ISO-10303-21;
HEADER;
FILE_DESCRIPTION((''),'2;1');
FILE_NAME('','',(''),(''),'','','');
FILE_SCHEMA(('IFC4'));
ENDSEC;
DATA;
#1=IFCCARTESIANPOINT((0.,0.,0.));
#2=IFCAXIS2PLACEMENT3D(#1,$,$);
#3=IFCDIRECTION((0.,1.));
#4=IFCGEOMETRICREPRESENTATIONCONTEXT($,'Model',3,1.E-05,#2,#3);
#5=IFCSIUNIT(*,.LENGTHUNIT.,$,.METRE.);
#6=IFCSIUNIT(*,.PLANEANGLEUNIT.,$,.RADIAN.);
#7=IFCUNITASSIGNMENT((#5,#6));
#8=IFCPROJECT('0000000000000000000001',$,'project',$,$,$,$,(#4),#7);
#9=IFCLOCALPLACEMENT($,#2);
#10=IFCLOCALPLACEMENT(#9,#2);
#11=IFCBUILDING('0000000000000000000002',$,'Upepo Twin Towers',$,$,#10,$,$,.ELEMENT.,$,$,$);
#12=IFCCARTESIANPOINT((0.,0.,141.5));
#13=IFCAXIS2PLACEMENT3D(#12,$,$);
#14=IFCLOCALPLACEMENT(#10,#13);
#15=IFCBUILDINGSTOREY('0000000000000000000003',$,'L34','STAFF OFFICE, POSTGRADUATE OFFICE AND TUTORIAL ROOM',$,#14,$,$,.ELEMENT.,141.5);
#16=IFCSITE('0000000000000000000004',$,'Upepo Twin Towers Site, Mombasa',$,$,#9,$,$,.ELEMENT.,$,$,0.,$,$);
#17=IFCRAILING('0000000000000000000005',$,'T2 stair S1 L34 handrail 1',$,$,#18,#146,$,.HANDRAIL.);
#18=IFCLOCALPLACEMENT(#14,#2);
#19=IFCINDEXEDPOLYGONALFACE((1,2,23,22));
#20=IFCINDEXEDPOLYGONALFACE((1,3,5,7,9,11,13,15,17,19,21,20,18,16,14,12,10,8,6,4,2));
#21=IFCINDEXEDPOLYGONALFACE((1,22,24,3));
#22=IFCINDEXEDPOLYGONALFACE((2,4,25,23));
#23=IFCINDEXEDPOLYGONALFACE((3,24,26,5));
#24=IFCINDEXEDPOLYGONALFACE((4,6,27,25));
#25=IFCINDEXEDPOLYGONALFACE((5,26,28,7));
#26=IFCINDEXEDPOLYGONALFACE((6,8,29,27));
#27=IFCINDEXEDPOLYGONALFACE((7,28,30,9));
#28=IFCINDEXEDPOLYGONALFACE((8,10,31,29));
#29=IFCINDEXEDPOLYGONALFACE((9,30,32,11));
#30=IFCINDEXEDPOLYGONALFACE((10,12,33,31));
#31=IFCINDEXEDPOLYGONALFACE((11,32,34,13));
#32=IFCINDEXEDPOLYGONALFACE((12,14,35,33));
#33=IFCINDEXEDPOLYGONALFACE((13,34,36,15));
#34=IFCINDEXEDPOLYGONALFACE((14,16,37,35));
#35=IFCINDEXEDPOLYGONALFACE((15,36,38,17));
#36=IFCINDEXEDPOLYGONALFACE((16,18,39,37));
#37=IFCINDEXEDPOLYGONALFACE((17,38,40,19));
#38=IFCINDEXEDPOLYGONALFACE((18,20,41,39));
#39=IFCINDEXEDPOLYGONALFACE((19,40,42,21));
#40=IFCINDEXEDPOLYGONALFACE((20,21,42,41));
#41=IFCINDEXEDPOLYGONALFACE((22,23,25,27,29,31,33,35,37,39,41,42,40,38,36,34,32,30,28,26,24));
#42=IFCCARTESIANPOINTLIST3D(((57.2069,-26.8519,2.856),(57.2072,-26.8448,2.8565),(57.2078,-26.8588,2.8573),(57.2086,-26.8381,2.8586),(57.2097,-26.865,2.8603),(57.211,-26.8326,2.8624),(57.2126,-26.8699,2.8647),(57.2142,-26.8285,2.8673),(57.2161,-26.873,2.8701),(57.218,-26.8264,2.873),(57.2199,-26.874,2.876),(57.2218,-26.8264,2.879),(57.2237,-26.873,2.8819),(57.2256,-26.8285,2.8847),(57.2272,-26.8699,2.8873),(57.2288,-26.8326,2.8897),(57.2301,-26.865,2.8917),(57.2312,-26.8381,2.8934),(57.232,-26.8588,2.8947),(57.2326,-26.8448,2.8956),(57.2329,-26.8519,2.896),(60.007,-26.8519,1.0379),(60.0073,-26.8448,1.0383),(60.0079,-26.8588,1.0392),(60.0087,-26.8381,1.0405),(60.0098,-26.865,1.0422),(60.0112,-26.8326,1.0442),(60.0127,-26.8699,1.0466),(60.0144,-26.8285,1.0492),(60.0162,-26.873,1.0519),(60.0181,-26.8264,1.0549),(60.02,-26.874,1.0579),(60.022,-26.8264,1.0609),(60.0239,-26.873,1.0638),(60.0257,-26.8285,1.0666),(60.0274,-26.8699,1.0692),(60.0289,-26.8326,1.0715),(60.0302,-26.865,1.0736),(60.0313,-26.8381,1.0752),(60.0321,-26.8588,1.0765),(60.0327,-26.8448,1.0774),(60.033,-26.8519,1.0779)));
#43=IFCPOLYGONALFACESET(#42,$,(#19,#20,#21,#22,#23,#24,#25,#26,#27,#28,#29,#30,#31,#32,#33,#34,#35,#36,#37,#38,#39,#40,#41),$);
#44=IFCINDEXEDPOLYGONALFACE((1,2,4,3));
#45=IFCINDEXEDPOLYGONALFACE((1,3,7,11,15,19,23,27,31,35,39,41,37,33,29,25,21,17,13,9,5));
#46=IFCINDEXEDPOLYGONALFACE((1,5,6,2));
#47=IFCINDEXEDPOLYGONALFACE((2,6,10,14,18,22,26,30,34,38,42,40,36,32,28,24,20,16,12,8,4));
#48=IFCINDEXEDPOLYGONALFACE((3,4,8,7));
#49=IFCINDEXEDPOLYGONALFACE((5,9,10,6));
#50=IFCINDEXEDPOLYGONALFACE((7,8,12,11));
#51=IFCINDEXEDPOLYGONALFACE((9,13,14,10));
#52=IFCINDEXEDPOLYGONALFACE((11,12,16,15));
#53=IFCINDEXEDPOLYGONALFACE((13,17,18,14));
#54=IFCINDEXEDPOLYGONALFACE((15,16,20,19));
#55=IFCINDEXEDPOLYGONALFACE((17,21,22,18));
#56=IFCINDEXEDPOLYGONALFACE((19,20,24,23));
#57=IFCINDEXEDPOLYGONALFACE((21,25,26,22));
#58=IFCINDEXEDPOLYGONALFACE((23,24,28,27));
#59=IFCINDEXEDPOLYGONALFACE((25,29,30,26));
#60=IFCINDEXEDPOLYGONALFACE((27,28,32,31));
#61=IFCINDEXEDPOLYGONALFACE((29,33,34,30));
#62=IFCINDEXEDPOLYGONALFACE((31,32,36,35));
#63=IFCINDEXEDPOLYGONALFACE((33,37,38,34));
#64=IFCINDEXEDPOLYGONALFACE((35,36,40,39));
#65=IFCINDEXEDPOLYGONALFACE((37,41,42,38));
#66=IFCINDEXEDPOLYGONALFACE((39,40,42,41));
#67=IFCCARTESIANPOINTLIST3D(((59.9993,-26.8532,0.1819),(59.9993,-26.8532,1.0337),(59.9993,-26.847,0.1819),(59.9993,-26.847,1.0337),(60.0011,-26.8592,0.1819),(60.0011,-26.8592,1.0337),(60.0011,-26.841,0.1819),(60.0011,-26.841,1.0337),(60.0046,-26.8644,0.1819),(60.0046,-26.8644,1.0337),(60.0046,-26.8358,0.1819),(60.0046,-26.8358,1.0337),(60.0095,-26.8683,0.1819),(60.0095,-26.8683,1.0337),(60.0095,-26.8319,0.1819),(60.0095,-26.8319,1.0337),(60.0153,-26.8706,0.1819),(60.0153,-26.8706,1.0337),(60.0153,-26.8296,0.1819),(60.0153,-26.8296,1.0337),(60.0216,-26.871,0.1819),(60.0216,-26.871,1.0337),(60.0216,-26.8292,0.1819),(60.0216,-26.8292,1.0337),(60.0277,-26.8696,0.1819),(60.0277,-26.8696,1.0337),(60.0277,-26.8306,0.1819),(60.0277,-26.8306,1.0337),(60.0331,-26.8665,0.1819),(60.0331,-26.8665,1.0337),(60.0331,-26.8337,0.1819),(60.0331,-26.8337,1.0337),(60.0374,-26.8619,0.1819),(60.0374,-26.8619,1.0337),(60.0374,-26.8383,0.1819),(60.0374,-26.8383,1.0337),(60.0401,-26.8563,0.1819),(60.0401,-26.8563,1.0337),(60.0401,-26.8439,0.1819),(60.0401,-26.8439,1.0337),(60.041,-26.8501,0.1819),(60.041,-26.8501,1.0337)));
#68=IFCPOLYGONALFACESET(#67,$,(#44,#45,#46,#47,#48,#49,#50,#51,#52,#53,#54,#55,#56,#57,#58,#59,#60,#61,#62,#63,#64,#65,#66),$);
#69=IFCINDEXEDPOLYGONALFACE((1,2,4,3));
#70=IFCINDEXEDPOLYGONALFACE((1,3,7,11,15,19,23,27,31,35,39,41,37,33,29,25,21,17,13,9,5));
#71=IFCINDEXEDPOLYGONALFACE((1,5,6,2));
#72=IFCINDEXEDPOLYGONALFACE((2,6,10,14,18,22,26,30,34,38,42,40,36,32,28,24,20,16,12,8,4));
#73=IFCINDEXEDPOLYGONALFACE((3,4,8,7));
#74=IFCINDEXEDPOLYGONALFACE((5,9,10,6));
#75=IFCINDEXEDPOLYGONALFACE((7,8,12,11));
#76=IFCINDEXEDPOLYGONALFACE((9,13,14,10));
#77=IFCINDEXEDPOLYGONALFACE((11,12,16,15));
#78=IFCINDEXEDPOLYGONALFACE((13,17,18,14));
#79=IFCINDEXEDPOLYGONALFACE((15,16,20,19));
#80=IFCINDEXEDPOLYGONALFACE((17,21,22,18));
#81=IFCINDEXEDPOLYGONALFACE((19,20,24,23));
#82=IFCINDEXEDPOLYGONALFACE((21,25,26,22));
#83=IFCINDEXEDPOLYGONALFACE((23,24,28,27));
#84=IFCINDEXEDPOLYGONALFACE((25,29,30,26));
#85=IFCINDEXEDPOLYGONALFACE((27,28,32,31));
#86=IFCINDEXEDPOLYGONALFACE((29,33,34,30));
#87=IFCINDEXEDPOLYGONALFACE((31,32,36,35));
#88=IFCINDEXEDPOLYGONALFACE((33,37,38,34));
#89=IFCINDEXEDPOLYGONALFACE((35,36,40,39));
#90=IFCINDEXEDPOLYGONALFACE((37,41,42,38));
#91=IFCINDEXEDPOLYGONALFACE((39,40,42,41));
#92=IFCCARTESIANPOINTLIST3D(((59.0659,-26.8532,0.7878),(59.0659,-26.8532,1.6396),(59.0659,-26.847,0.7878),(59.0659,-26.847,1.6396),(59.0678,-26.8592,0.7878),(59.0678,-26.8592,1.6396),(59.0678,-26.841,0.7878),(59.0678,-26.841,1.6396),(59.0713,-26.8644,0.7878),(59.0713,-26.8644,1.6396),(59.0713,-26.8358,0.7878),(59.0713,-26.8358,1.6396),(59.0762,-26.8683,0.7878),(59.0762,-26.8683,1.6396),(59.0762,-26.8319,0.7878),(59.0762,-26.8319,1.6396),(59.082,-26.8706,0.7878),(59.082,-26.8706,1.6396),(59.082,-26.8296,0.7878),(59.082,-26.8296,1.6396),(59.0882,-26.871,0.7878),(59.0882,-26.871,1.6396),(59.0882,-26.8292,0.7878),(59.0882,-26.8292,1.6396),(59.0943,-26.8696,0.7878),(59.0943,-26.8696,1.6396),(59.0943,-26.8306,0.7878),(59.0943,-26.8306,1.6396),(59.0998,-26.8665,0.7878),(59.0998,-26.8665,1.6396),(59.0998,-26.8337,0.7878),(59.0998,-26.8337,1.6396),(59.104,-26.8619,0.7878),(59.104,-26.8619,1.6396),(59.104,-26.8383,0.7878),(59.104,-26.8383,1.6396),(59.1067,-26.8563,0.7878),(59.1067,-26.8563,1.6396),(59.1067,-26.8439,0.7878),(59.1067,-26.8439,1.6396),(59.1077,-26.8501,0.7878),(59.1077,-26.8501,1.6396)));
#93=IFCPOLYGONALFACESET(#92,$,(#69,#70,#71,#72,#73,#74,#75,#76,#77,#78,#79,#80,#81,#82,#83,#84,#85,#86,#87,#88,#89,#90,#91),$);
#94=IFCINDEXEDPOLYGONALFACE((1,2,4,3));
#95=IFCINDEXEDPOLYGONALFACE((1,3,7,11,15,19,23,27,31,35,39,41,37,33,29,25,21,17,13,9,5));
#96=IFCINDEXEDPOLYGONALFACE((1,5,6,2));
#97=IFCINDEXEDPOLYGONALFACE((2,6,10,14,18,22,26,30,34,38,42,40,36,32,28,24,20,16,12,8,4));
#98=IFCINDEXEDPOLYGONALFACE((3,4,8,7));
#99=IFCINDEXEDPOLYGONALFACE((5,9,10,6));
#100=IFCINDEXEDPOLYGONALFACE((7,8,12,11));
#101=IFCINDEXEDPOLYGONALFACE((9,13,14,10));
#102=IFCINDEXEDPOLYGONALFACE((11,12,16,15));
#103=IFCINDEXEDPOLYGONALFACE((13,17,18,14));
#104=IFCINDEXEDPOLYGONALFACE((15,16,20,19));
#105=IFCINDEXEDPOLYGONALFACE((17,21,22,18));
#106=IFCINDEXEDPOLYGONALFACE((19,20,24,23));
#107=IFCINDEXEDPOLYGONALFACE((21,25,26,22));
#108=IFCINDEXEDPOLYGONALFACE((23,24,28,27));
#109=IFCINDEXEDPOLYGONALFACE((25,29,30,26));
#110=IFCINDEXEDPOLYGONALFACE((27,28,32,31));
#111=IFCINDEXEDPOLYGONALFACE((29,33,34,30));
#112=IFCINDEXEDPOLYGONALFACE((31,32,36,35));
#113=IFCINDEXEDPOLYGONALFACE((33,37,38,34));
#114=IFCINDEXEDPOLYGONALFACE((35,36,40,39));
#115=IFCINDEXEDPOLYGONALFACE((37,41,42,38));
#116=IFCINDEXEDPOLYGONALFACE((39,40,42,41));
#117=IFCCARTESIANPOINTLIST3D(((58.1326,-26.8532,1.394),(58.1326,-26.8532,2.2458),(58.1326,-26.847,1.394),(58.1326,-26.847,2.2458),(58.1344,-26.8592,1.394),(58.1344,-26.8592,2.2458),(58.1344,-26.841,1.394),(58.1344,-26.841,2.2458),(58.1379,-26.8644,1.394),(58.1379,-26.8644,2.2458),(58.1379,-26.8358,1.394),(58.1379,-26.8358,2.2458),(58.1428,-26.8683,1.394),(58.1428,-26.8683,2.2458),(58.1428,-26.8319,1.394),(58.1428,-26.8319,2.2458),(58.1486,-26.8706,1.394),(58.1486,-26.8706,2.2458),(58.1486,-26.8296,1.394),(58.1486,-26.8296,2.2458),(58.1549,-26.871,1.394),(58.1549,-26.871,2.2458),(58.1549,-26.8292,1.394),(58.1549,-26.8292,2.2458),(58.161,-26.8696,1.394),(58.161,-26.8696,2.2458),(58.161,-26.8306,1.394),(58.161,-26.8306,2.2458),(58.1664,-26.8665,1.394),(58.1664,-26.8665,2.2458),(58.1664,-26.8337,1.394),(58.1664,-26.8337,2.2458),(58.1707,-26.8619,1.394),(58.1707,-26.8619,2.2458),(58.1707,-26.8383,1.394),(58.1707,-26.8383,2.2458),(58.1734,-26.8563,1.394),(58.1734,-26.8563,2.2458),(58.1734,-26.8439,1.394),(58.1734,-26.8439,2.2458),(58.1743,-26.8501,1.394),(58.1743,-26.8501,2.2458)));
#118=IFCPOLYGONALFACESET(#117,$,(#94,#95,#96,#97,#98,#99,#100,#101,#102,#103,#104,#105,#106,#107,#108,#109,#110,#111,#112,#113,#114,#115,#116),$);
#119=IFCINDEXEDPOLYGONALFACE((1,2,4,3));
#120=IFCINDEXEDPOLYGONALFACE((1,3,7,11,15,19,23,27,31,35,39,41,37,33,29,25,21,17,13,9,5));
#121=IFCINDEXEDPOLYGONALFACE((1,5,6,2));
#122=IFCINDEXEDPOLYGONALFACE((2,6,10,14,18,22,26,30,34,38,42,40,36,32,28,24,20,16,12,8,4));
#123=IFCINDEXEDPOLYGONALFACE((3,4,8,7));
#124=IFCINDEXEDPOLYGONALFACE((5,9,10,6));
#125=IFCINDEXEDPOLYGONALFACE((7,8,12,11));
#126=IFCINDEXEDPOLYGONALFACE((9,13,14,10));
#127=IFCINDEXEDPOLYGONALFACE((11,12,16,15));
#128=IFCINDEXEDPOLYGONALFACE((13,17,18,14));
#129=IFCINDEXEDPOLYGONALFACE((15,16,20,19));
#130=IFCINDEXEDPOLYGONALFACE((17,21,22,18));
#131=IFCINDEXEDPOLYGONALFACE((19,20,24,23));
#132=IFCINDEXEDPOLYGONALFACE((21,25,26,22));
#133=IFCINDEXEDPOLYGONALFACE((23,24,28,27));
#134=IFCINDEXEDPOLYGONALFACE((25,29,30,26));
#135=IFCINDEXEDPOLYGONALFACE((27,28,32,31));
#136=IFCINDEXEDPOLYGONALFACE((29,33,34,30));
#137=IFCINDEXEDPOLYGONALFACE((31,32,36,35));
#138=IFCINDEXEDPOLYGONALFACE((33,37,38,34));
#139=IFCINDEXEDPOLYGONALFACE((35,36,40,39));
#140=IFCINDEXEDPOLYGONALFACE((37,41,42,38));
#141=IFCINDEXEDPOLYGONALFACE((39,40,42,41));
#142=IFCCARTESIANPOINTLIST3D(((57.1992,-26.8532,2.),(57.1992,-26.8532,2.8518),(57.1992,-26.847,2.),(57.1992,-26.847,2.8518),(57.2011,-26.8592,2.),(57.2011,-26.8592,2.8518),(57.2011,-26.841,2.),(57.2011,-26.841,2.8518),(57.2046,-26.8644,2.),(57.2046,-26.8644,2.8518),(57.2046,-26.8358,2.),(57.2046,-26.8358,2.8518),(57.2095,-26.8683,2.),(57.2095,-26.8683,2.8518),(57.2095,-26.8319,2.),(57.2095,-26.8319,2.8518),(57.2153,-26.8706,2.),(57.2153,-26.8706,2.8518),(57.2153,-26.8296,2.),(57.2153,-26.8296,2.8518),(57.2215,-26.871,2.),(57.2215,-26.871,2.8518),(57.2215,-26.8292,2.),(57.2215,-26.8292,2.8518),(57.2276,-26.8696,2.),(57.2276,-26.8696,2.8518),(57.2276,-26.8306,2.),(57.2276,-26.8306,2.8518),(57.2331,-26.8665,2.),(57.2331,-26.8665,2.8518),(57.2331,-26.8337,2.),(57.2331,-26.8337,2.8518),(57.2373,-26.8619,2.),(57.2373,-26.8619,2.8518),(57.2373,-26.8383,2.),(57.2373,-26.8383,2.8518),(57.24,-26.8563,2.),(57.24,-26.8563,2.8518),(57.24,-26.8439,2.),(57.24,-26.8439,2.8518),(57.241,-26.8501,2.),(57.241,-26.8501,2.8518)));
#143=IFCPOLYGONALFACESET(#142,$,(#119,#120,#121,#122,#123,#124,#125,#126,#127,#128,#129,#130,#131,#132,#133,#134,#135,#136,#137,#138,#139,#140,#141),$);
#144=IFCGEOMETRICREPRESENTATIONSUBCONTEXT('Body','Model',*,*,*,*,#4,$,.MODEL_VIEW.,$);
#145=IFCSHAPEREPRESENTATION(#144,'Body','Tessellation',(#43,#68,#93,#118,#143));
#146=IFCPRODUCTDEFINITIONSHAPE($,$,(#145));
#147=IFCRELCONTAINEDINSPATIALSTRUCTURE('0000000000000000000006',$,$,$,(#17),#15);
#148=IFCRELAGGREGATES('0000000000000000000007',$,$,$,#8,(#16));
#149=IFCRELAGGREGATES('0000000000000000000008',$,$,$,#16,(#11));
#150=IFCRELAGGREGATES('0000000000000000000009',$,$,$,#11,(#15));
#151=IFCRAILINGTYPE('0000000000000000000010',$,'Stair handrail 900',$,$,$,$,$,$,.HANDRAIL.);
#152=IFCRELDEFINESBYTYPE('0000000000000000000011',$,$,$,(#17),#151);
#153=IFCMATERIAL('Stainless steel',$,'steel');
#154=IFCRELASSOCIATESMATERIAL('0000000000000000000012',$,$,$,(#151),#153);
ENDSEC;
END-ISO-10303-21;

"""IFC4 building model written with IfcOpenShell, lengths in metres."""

from ifc_helpers import new_model, si_unit, direction, frame, origin, origin_2d, place, context, subcontext, project, spatial, circle, extrude, material, type_object, element, save


model = new_model("IFC4")

# Units and contexts
model_context = context("Model", 3, precision=1e-05, world=origin(), true_north=direction((0.0, 1.0)))
body_context = subcontext(model_context, "Body", "Model", "MODEL_VIEW")
ifc_project = project(units=[si_unit("LENGTHUNIT", "METRE"), si_unit("PLANEANGLEUNIT", "RADIAN")], contexts=[model_context])

# Site, building, storey
site_placement = place(None, origin())
site = spatial("IfcSite", under=ifc_project, at=site_placement, Name="Upepo Twin Towers Site, Mombasa", CompositionType="ELEMENT", RefElevation=0.0)
building_placement = place(site_placement, origin())
building = spatial("IfcBuilding", under=site, at=building_placement, Name="Upepo Twin Towers", CompositionType="ELEMENT")
storey_placement = place(building_placement, frame((0.0, 0.0, 141.5)))
storey = spatial("IfcBuildingStorey", under=building, at=storey_placement, Name="L34", Description="STAFF OFFICE, POSTGRADUATE OFFICE AND TUTORIAL ROOM", CompositionType="ELEMENT", Elevation=141.5)

# Railing
ifc_material_1 = material(Name="Stainless steel", Category="steel")
railing_type = type_object("IfcRailingType", Name="Stair handrail 900", PredefinedType="HANDRAIL", material=ifc_material_1)
railing_1_placement = place(storey_placement, frame((60.02, -26.8501, 0.1819)))
element("IfcRailing", 1, at=railing_1_placement, inside=storey, type_object=railing_type, Name="T2 stair S1 L34 handrail 1", PredefinedType="HANDRAIL", context=body_context, shape_type="SweptSolid", body=[
    extrude(circle(Radius=0.0239, at=origin_2d()), frame((0.0, 0.0, 0.876), z_axis=(-0.838706, 0.0, 0.544585), x_axis=(0.0, -1.0, 0.0)), (0.0, 0.0, 1.0), 3.3386),
    extrude(circle(Radius=0.021, at=origin_2d()), origin(), (0.0, 0.0, 1.0), 0.8518),
    extrude(circle(Radius=0.021, at=origin_2d()), frame((-0.9333, 0.0, 0.606)), (0.0, 0.0, 1.0), 0.8518),
    extrude(circle(Radius=0.021, at=origin_2d()), frame((-1.8667, 0.0, 1.2122)), (0.0, 0.0, 1.0), 0.8518),
    extrude(circle(Radius=0.021, at=origin_2d()), frame((-2.8, 0.0, 1.8181)), (0.0, 0.0, 1.0), 0.8518),
])

save(model, "model.ifc")
